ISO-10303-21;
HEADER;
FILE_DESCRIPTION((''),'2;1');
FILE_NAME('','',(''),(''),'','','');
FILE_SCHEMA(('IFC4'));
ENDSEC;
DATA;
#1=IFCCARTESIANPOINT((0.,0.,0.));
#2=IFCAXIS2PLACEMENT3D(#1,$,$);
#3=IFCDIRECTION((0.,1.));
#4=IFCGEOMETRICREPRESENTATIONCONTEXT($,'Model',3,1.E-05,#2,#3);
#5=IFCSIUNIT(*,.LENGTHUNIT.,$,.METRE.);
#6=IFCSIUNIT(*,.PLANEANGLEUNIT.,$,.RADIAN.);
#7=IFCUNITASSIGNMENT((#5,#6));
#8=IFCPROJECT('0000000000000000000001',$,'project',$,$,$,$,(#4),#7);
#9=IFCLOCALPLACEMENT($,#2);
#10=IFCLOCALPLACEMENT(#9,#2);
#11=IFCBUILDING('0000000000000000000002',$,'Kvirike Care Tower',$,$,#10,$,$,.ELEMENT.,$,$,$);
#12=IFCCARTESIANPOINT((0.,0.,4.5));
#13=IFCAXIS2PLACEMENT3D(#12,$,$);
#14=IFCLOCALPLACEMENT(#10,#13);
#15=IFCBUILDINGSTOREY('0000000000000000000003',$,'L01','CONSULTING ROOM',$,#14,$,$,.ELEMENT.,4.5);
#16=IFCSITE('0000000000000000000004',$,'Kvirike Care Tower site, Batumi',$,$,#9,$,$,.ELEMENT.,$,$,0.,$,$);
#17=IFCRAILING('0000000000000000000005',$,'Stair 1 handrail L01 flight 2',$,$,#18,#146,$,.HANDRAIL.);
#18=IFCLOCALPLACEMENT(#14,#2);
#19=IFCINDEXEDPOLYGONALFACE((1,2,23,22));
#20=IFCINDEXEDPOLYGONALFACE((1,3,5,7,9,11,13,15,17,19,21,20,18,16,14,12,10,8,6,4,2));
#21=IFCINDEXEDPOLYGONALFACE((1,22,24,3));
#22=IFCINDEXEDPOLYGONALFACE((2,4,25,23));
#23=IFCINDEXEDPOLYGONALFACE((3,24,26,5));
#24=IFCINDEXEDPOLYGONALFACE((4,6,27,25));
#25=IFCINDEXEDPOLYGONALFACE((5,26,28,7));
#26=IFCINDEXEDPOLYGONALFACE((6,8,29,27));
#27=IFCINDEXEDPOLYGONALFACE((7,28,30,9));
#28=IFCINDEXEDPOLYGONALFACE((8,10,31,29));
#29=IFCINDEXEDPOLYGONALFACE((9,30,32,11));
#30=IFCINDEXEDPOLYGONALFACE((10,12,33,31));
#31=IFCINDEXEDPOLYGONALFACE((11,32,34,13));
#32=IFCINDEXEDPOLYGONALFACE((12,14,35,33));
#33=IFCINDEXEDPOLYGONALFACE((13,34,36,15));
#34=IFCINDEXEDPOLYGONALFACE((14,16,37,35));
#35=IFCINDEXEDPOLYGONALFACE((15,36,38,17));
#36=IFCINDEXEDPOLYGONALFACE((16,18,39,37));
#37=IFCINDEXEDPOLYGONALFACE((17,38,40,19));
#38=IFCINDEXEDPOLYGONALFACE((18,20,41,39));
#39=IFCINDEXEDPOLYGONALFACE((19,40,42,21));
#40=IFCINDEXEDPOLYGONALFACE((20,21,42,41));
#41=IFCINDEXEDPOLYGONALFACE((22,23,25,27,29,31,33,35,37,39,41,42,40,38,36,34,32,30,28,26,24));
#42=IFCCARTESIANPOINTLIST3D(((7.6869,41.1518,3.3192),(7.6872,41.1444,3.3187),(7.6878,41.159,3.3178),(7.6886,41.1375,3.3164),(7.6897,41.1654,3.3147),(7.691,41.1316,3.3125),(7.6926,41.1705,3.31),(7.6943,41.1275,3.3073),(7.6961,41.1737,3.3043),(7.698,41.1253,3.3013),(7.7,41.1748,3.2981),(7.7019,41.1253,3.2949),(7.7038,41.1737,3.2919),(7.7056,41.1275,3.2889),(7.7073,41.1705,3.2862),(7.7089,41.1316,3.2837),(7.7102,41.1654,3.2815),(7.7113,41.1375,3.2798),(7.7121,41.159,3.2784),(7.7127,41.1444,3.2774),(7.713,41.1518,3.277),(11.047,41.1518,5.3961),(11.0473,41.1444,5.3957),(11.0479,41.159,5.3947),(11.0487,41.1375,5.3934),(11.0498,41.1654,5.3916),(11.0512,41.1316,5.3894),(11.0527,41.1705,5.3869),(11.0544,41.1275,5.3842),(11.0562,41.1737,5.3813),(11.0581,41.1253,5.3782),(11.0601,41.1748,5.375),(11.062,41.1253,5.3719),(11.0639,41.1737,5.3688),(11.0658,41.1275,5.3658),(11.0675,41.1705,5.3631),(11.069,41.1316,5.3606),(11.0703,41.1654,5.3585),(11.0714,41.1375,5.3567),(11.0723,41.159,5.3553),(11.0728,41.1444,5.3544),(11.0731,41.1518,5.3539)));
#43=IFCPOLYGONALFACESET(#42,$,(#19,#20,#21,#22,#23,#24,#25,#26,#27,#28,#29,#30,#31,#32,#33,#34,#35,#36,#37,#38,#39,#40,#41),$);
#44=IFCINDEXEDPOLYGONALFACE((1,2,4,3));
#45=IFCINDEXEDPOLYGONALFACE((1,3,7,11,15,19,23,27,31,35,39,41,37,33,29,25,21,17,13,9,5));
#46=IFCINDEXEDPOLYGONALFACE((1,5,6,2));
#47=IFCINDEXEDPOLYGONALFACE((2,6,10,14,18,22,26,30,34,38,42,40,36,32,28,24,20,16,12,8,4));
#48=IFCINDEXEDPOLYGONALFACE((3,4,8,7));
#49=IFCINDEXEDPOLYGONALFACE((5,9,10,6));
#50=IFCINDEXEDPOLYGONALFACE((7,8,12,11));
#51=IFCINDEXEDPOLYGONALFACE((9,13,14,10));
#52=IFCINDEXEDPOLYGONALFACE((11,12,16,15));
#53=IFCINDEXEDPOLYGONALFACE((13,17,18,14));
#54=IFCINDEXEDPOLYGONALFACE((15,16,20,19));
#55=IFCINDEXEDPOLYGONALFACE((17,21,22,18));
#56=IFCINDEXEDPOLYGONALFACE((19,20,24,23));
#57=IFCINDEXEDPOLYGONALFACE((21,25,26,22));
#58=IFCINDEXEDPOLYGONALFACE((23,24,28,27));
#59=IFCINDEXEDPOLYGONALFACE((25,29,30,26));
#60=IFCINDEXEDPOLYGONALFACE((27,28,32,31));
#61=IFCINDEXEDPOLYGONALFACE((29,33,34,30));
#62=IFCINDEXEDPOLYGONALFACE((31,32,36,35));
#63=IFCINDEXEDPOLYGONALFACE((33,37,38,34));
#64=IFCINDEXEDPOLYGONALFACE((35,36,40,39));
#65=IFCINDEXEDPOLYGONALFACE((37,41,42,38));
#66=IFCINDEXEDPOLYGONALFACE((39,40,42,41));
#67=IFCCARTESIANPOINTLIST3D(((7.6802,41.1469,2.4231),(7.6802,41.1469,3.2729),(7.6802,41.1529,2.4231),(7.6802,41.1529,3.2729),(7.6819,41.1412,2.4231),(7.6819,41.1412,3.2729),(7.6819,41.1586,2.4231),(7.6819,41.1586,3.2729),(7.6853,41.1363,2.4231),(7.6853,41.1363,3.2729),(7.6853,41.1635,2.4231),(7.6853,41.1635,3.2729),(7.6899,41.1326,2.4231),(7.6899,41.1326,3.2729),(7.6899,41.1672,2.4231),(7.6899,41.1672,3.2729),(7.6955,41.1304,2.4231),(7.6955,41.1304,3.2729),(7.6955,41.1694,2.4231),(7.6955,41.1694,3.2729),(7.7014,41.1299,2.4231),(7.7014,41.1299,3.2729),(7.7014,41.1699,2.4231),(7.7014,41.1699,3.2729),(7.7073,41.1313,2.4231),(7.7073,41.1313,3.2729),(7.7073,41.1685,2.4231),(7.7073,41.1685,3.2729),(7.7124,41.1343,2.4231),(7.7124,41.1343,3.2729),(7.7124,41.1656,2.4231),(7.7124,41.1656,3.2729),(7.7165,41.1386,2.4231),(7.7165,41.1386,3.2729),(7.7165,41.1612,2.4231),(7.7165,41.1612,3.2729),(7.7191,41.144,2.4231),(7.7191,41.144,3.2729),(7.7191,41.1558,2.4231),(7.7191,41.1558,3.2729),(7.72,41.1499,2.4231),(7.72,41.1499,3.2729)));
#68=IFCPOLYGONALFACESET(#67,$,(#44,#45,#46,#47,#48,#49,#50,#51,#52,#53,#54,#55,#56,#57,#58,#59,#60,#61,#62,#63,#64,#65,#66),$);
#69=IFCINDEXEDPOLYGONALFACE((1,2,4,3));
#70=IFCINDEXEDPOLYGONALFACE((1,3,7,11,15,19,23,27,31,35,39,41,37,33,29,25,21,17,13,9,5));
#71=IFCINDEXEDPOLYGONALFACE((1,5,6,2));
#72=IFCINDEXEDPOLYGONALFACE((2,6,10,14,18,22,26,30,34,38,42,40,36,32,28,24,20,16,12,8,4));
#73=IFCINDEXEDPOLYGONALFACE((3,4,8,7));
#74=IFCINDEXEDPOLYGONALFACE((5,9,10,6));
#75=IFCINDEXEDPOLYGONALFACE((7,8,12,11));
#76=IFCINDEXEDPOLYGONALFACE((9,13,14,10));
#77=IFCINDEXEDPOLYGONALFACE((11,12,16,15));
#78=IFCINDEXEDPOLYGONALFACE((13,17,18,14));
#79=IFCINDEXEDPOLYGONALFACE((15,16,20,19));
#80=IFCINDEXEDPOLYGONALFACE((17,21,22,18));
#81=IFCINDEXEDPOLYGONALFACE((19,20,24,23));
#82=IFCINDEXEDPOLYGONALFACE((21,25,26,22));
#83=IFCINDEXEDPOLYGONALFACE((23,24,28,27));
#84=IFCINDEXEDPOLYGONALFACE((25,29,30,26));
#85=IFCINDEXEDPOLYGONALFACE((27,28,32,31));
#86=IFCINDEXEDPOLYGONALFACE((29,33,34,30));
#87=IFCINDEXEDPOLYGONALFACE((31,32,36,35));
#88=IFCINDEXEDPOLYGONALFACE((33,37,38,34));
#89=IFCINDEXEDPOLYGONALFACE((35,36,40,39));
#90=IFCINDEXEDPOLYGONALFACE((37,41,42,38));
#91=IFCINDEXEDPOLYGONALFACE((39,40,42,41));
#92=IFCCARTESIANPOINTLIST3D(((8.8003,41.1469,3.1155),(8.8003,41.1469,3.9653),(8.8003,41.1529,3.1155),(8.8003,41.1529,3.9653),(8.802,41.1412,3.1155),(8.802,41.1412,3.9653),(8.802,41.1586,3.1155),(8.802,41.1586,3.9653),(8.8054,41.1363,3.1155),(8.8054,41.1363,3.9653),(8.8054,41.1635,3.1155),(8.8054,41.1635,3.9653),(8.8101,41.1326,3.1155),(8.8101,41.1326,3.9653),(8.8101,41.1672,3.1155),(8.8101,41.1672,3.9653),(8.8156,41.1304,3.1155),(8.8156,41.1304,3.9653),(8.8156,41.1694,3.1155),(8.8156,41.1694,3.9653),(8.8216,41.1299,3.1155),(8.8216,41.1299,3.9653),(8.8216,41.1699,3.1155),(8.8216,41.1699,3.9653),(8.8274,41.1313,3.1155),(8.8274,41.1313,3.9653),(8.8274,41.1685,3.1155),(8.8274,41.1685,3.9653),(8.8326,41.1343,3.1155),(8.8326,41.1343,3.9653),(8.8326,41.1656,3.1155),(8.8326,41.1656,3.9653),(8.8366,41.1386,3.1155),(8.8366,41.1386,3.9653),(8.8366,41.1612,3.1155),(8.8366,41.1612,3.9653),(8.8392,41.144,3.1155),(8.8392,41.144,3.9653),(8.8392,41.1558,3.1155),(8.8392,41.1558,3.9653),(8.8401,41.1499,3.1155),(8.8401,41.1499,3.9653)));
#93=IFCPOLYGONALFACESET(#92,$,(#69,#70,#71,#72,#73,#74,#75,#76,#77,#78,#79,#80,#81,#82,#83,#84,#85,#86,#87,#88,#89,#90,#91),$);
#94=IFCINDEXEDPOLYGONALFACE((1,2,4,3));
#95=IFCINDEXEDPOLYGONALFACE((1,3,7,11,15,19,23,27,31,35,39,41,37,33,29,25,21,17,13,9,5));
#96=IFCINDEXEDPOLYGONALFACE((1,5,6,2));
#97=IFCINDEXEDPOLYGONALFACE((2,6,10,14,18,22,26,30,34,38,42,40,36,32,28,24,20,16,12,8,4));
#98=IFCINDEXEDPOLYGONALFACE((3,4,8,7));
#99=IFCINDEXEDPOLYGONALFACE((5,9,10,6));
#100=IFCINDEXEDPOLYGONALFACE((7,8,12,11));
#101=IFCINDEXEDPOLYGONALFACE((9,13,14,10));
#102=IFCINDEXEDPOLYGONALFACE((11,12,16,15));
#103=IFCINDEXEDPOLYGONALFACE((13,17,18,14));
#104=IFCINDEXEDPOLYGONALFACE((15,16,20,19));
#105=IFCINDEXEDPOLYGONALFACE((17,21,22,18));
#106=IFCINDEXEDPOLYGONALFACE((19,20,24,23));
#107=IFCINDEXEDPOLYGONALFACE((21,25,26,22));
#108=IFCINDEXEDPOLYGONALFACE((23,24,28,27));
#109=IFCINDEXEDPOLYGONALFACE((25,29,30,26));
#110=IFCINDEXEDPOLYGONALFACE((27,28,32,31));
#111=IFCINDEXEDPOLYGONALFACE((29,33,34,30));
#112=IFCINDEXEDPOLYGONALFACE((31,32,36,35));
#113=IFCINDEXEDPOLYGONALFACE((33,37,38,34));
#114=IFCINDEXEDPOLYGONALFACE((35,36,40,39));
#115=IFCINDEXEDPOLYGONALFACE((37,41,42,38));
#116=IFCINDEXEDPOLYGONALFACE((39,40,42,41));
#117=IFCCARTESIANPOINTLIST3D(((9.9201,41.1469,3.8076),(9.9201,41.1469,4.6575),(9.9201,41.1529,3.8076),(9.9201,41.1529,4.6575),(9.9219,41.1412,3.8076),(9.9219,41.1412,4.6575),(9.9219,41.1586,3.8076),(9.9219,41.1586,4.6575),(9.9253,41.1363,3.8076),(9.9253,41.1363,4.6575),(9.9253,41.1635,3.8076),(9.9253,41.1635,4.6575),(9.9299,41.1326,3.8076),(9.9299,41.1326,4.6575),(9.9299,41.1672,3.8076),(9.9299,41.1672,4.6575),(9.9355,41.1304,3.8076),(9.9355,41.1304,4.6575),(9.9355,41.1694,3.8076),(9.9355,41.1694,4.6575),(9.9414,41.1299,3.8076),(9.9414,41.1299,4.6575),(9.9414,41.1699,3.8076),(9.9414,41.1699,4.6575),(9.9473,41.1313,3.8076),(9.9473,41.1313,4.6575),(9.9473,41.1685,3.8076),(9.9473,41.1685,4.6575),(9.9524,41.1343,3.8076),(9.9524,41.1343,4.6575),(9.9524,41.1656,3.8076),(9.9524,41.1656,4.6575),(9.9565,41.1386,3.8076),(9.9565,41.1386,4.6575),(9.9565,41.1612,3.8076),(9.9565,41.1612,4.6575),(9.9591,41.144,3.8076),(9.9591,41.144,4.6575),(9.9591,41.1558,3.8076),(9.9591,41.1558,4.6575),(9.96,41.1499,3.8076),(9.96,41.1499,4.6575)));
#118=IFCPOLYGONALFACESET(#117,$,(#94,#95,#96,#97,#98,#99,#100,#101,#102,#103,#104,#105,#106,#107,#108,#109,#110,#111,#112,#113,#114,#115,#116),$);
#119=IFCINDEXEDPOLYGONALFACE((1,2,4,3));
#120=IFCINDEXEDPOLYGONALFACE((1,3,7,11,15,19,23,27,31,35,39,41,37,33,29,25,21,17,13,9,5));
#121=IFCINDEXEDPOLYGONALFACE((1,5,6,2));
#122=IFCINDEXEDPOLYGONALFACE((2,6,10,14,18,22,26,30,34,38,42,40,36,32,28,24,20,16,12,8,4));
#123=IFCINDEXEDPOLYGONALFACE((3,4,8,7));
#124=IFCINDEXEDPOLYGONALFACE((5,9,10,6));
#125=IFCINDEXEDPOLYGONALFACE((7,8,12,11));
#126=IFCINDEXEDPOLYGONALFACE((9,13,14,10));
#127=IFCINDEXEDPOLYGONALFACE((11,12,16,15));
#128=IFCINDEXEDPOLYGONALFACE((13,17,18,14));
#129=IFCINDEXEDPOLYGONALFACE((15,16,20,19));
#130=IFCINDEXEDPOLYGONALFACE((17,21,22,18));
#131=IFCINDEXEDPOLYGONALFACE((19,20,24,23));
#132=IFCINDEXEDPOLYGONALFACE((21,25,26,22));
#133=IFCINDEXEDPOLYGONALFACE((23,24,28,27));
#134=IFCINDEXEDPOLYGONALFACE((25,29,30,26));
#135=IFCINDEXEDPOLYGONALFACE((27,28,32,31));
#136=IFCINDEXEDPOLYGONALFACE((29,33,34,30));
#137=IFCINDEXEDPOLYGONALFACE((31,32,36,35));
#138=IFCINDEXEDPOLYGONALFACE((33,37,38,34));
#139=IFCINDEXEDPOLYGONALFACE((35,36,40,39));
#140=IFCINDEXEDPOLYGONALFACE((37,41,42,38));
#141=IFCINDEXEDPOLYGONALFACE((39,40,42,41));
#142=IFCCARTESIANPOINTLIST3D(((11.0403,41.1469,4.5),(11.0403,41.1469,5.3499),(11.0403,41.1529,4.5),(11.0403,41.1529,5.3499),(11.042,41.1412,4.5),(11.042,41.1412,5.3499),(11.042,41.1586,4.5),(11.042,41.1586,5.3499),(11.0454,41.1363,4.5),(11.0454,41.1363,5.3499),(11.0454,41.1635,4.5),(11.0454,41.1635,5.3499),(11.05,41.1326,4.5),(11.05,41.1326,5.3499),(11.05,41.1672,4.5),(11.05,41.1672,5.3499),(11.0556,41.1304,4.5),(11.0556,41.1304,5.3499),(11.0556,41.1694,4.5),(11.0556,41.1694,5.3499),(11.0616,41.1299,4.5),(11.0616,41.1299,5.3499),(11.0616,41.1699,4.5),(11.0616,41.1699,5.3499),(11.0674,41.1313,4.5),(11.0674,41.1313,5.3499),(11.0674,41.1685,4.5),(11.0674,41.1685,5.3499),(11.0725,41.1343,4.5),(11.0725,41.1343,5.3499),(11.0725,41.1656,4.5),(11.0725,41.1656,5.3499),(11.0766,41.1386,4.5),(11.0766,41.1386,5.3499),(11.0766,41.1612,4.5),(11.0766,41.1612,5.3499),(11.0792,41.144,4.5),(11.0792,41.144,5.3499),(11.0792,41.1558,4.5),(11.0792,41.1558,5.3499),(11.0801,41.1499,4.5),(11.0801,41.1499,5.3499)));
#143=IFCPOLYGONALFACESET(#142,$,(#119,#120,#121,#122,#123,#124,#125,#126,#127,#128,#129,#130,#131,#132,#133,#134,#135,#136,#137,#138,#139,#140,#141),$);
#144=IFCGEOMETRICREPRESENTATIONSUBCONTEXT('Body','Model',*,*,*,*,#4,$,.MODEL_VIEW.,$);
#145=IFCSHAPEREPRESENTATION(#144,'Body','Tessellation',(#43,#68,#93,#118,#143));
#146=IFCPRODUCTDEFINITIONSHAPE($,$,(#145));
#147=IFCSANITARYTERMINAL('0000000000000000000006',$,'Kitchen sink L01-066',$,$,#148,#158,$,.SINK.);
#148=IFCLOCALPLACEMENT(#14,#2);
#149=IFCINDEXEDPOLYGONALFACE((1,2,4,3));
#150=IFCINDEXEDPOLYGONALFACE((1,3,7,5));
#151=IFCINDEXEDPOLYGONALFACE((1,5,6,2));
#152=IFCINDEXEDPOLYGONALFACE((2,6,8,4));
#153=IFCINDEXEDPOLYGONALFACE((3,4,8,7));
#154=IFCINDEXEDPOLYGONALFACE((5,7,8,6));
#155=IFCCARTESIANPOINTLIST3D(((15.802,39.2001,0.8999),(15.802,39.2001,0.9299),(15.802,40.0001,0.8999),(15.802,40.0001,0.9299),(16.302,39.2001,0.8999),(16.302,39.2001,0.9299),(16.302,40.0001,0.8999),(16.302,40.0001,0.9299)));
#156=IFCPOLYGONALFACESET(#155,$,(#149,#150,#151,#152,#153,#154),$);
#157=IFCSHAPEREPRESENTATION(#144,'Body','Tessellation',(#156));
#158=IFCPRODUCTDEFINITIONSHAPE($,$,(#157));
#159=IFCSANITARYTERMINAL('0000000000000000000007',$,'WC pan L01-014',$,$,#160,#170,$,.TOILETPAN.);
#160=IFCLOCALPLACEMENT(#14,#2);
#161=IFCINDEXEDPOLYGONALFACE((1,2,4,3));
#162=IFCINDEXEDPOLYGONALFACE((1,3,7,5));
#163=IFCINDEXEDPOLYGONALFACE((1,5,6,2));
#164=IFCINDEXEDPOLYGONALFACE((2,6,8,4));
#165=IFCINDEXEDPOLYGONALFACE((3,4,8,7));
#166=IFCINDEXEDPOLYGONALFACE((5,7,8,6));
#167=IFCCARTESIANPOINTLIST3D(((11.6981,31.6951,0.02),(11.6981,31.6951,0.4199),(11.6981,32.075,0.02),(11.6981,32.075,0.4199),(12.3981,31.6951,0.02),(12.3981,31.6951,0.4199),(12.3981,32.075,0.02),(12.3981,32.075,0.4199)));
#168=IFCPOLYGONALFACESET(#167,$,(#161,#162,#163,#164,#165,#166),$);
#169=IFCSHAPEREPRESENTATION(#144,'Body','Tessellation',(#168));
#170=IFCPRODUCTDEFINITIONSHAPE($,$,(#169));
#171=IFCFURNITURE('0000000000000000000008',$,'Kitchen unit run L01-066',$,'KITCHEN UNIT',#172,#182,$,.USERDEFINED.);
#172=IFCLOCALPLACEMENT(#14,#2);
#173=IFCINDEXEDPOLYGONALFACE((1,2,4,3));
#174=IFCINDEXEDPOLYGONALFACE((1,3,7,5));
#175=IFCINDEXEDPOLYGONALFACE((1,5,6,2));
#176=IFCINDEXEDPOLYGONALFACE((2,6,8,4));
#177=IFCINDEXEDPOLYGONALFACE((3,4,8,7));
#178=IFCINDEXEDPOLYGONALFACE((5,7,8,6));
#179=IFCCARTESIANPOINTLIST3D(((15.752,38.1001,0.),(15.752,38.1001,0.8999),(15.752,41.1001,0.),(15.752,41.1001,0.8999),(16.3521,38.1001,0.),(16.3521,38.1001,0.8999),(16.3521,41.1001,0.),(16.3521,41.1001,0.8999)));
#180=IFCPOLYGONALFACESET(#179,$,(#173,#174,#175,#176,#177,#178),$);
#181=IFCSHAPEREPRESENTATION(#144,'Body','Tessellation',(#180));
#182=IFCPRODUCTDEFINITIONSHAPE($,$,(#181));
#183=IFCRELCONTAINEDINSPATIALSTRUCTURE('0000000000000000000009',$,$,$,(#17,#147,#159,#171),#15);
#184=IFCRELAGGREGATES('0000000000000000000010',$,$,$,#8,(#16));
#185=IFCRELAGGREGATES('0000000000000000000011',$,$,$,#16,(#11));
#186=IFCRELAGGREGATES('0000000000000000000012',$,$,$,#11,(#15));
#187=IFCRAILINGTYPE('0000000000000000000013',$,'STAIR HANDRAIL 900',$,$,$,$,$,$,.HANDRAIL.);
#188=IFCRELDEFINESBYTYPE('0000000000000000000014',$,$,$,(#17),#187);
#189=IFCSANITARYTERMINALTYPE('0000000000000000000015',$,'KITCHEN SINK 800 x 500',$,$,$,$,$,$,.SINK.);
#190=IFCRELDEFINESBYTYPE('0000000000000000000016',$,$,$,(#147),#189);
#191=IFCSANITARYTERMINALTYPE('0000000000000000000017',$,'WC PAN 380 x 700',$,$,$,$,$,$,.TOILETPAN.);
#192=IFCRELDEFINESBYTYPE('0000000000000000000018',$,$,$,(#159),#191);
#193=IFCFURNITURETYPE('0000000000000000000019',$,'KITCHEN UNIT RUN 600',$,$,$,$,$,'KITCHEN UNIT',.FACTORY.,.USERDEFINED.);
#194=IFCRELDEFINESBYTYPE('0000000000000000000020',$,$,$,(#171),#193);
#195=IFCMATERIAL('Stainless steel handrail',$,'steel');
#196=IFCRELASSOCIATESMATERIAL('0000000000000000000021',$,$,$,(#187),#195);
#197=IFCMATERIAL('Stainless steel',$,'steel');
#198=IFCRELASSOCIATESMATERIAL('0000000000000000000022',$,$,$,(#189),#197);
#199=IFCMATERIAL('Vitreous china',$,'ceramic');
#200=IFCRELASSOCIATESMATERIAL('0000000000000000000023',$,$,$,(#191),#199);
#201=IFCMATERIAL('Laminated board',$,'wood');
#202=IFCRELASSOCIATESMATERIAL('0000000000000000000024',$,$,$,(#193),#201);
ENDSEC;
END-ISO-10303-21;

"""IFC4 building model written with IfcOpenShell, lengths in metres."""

from ifc_helpers import new_model, si_unit, direction, frame, origin, origin_2d, place, context, subcontext, project, spatial, rectangle, circle, extrude, material, type_object, element, save


model = new_model("IFC4")

# Units and contexts
model_context = context("Model", 3, precision=1e-05, world=origin(), true_north=direction((0.0, 1.0)))
body_context = subcontext(model_context, "Body", "Model", "MODEL_VIEW")
ifc_project = project(units=[si_unit("LENGTHUNIT", "METRE"), si_unit("PLANEANGLEUNIT", "RADIAN")], contexts=[model_context])

# Site, building, storey
site_placement = place(None, origin())
site = spatial("IfcSite", under=ifc_project, at=site_placement, Name="Kvirike Care Tower site, Batumi", CompositionType="ELEMENT", RefElevation=0.0)
building_placement = place(site_placement, origin())
building = spatial("IfcBuilding", under=site, at=building_placement, Name="Kvirike Care Tower", CompositionType="ELEMENT")
storey_placement = place(building_placement, frame((0.0, 0.0, 4.5)))
storey = spatial("IfcBuildingStorey", under=building, at=storey_placement, Name="L01", Description="CONSULTING ROOM", CompositionType="ELEMENT", Elevation=4.5)

# Railing
ifc_material_1 = material(Name="Stainless steel handrail", Category="steel")
railing_type = type_object("IfcRailingType", Name="STAIR HANDRAIL 900", PredefinedType="HANDRAIL", material=ifc_material_1)
railing_1_placement = place(storey_placement, frame((7.7, 41.1499, 2.4231)))
element("IfcRailing", 1, at=railing_1_placement, inside=storey, type_object=railing_type, Name="Stair 1 handrail L01 flight 2", PredefinedType="HANDRAIL", context=body_context, shape_type="SweptSolid", body=[
    extrude(circle(Radius=0.0249, at=origin_2d()), frame((0.0, 0.0, 0.875), z_axis=(0.850623, 0.0, 0.525776), x_axis=(0.0, 1.0, 0.0)), (0.0, 0.0, 1.0), 3.9502),
    extrude(circle(Radius=0.02, at=origin_2d()), origin(), (0.0, 0.0, 1.0), 0.8499),
    extrude(circle(Radius=0.02, at=origin_2d()), frame((1.1201, 0.0, 0.6924)), (0.0, 0.0, 1.0), 0.8499),
    extrude(circle(Radius=0.02, at=origin_2d()), frame((2.24, 0.0, 1.3845)), (0.0, 0.0, 1.0), 0.8499),
    extrude(circle(Radius=0.02, at=origin_2d()), frame((3.3601, 0.0, 2.0769)), (0.0, 0.0, 1.0), 0.8499),
])

# Sanitary terminals
ifc_material_2 = material(Name="Stainless steel", Category="steel")
sanitary_terminal_type_1 = type_object("IfcSanitaryTerminalType", Name="KITCHEN SINK 800 x 500", PredefinedType="SINK", material=ifc_material_2)
sanitary_terminal_1_placement = place(storey_placement, frame((16.052, 39.6001, 0.8999), z_axis=(0.0, 0.0, 1.0), x_axis=(0.0, 1.0, 0.0)))
element("IfcSanitaryTerminal", 2, at=sanitary_terminal_1_placement, inside=storey, type_object=sanitary_terminal_type_1, Name="Kitchen sink L01-066", PredefinedType="SINK", context=body_context, shape_type="SweptSolid", body=[
    extrude(rectangle(XDim=0.8, YDim=0.5, at=origin_2d()), origin(), (0.0, 0.0, 1.0), 0.03),
])
ifc_material_3 = material(Name="Vitreous china", Category="ceramic")
sanitary_terminal_type_2 = type_object("IfcSanitaryTerminalType", Name="WC PAN 380 x 700", PredefinedType="TOILETPAN", material=ifc_material_3)
sanitary_terminal_2_placement = place(storey_placement, frame((12.0481, 31.885, 0.02), z_axis=(0.0, 0.0, 1.0), x_axis=(0.0, -1.0, 0.0)))
element("IfcSanitaryTerminal", 3, at=sanitary_terminal_2_placement, inside=storey, type_object=sanitary_terminal_type_2, Name="WC pan L01-014", PredefinedType="TOILETPAN", context=body_context, shape_type="SweptSolid", body=[
    extrude(rectangle(XDim=0.3799, YDim=0.7, at=origin_2d()), origin(), (0.0, 0.0, 1.0), 0.3999),
])

# Furniture
ifc_material_4 = material(Name="Laminated board", Category="wood")
furniture_type = type_object("IfcFurnitureType", Name="KITCHEN UNIT RUN 600", ElementType="KITCHEN UNIT", AssemblyPlace="FACTORY", PredefinedType="USERDEFINED", material=ifc_material_4)
furniture_placement = place(storey_placement, frame((16.052, 39.6001, 0.0), z_axis=(0.0, 0.0, 1.0), x_axis=(0.0, 1.0, 0.0)))
element("IfcFurniture", 4, at=furniture_placement, inside=storey, type_object=furniture_type, Name="Kitchen unit run L01-066", ObjectType="KITCHEN UNIT", PredefinedType="USERDEFINED", context=body_context, shape_type="SweptSolid", body=[
    extrude(rectangle(XDim=3.0, YDim=0.6001, at=origin_2d()), origin(), (0.0, 0.0, 1.0), 0.8999),
])

save(model, "model.ifc")
